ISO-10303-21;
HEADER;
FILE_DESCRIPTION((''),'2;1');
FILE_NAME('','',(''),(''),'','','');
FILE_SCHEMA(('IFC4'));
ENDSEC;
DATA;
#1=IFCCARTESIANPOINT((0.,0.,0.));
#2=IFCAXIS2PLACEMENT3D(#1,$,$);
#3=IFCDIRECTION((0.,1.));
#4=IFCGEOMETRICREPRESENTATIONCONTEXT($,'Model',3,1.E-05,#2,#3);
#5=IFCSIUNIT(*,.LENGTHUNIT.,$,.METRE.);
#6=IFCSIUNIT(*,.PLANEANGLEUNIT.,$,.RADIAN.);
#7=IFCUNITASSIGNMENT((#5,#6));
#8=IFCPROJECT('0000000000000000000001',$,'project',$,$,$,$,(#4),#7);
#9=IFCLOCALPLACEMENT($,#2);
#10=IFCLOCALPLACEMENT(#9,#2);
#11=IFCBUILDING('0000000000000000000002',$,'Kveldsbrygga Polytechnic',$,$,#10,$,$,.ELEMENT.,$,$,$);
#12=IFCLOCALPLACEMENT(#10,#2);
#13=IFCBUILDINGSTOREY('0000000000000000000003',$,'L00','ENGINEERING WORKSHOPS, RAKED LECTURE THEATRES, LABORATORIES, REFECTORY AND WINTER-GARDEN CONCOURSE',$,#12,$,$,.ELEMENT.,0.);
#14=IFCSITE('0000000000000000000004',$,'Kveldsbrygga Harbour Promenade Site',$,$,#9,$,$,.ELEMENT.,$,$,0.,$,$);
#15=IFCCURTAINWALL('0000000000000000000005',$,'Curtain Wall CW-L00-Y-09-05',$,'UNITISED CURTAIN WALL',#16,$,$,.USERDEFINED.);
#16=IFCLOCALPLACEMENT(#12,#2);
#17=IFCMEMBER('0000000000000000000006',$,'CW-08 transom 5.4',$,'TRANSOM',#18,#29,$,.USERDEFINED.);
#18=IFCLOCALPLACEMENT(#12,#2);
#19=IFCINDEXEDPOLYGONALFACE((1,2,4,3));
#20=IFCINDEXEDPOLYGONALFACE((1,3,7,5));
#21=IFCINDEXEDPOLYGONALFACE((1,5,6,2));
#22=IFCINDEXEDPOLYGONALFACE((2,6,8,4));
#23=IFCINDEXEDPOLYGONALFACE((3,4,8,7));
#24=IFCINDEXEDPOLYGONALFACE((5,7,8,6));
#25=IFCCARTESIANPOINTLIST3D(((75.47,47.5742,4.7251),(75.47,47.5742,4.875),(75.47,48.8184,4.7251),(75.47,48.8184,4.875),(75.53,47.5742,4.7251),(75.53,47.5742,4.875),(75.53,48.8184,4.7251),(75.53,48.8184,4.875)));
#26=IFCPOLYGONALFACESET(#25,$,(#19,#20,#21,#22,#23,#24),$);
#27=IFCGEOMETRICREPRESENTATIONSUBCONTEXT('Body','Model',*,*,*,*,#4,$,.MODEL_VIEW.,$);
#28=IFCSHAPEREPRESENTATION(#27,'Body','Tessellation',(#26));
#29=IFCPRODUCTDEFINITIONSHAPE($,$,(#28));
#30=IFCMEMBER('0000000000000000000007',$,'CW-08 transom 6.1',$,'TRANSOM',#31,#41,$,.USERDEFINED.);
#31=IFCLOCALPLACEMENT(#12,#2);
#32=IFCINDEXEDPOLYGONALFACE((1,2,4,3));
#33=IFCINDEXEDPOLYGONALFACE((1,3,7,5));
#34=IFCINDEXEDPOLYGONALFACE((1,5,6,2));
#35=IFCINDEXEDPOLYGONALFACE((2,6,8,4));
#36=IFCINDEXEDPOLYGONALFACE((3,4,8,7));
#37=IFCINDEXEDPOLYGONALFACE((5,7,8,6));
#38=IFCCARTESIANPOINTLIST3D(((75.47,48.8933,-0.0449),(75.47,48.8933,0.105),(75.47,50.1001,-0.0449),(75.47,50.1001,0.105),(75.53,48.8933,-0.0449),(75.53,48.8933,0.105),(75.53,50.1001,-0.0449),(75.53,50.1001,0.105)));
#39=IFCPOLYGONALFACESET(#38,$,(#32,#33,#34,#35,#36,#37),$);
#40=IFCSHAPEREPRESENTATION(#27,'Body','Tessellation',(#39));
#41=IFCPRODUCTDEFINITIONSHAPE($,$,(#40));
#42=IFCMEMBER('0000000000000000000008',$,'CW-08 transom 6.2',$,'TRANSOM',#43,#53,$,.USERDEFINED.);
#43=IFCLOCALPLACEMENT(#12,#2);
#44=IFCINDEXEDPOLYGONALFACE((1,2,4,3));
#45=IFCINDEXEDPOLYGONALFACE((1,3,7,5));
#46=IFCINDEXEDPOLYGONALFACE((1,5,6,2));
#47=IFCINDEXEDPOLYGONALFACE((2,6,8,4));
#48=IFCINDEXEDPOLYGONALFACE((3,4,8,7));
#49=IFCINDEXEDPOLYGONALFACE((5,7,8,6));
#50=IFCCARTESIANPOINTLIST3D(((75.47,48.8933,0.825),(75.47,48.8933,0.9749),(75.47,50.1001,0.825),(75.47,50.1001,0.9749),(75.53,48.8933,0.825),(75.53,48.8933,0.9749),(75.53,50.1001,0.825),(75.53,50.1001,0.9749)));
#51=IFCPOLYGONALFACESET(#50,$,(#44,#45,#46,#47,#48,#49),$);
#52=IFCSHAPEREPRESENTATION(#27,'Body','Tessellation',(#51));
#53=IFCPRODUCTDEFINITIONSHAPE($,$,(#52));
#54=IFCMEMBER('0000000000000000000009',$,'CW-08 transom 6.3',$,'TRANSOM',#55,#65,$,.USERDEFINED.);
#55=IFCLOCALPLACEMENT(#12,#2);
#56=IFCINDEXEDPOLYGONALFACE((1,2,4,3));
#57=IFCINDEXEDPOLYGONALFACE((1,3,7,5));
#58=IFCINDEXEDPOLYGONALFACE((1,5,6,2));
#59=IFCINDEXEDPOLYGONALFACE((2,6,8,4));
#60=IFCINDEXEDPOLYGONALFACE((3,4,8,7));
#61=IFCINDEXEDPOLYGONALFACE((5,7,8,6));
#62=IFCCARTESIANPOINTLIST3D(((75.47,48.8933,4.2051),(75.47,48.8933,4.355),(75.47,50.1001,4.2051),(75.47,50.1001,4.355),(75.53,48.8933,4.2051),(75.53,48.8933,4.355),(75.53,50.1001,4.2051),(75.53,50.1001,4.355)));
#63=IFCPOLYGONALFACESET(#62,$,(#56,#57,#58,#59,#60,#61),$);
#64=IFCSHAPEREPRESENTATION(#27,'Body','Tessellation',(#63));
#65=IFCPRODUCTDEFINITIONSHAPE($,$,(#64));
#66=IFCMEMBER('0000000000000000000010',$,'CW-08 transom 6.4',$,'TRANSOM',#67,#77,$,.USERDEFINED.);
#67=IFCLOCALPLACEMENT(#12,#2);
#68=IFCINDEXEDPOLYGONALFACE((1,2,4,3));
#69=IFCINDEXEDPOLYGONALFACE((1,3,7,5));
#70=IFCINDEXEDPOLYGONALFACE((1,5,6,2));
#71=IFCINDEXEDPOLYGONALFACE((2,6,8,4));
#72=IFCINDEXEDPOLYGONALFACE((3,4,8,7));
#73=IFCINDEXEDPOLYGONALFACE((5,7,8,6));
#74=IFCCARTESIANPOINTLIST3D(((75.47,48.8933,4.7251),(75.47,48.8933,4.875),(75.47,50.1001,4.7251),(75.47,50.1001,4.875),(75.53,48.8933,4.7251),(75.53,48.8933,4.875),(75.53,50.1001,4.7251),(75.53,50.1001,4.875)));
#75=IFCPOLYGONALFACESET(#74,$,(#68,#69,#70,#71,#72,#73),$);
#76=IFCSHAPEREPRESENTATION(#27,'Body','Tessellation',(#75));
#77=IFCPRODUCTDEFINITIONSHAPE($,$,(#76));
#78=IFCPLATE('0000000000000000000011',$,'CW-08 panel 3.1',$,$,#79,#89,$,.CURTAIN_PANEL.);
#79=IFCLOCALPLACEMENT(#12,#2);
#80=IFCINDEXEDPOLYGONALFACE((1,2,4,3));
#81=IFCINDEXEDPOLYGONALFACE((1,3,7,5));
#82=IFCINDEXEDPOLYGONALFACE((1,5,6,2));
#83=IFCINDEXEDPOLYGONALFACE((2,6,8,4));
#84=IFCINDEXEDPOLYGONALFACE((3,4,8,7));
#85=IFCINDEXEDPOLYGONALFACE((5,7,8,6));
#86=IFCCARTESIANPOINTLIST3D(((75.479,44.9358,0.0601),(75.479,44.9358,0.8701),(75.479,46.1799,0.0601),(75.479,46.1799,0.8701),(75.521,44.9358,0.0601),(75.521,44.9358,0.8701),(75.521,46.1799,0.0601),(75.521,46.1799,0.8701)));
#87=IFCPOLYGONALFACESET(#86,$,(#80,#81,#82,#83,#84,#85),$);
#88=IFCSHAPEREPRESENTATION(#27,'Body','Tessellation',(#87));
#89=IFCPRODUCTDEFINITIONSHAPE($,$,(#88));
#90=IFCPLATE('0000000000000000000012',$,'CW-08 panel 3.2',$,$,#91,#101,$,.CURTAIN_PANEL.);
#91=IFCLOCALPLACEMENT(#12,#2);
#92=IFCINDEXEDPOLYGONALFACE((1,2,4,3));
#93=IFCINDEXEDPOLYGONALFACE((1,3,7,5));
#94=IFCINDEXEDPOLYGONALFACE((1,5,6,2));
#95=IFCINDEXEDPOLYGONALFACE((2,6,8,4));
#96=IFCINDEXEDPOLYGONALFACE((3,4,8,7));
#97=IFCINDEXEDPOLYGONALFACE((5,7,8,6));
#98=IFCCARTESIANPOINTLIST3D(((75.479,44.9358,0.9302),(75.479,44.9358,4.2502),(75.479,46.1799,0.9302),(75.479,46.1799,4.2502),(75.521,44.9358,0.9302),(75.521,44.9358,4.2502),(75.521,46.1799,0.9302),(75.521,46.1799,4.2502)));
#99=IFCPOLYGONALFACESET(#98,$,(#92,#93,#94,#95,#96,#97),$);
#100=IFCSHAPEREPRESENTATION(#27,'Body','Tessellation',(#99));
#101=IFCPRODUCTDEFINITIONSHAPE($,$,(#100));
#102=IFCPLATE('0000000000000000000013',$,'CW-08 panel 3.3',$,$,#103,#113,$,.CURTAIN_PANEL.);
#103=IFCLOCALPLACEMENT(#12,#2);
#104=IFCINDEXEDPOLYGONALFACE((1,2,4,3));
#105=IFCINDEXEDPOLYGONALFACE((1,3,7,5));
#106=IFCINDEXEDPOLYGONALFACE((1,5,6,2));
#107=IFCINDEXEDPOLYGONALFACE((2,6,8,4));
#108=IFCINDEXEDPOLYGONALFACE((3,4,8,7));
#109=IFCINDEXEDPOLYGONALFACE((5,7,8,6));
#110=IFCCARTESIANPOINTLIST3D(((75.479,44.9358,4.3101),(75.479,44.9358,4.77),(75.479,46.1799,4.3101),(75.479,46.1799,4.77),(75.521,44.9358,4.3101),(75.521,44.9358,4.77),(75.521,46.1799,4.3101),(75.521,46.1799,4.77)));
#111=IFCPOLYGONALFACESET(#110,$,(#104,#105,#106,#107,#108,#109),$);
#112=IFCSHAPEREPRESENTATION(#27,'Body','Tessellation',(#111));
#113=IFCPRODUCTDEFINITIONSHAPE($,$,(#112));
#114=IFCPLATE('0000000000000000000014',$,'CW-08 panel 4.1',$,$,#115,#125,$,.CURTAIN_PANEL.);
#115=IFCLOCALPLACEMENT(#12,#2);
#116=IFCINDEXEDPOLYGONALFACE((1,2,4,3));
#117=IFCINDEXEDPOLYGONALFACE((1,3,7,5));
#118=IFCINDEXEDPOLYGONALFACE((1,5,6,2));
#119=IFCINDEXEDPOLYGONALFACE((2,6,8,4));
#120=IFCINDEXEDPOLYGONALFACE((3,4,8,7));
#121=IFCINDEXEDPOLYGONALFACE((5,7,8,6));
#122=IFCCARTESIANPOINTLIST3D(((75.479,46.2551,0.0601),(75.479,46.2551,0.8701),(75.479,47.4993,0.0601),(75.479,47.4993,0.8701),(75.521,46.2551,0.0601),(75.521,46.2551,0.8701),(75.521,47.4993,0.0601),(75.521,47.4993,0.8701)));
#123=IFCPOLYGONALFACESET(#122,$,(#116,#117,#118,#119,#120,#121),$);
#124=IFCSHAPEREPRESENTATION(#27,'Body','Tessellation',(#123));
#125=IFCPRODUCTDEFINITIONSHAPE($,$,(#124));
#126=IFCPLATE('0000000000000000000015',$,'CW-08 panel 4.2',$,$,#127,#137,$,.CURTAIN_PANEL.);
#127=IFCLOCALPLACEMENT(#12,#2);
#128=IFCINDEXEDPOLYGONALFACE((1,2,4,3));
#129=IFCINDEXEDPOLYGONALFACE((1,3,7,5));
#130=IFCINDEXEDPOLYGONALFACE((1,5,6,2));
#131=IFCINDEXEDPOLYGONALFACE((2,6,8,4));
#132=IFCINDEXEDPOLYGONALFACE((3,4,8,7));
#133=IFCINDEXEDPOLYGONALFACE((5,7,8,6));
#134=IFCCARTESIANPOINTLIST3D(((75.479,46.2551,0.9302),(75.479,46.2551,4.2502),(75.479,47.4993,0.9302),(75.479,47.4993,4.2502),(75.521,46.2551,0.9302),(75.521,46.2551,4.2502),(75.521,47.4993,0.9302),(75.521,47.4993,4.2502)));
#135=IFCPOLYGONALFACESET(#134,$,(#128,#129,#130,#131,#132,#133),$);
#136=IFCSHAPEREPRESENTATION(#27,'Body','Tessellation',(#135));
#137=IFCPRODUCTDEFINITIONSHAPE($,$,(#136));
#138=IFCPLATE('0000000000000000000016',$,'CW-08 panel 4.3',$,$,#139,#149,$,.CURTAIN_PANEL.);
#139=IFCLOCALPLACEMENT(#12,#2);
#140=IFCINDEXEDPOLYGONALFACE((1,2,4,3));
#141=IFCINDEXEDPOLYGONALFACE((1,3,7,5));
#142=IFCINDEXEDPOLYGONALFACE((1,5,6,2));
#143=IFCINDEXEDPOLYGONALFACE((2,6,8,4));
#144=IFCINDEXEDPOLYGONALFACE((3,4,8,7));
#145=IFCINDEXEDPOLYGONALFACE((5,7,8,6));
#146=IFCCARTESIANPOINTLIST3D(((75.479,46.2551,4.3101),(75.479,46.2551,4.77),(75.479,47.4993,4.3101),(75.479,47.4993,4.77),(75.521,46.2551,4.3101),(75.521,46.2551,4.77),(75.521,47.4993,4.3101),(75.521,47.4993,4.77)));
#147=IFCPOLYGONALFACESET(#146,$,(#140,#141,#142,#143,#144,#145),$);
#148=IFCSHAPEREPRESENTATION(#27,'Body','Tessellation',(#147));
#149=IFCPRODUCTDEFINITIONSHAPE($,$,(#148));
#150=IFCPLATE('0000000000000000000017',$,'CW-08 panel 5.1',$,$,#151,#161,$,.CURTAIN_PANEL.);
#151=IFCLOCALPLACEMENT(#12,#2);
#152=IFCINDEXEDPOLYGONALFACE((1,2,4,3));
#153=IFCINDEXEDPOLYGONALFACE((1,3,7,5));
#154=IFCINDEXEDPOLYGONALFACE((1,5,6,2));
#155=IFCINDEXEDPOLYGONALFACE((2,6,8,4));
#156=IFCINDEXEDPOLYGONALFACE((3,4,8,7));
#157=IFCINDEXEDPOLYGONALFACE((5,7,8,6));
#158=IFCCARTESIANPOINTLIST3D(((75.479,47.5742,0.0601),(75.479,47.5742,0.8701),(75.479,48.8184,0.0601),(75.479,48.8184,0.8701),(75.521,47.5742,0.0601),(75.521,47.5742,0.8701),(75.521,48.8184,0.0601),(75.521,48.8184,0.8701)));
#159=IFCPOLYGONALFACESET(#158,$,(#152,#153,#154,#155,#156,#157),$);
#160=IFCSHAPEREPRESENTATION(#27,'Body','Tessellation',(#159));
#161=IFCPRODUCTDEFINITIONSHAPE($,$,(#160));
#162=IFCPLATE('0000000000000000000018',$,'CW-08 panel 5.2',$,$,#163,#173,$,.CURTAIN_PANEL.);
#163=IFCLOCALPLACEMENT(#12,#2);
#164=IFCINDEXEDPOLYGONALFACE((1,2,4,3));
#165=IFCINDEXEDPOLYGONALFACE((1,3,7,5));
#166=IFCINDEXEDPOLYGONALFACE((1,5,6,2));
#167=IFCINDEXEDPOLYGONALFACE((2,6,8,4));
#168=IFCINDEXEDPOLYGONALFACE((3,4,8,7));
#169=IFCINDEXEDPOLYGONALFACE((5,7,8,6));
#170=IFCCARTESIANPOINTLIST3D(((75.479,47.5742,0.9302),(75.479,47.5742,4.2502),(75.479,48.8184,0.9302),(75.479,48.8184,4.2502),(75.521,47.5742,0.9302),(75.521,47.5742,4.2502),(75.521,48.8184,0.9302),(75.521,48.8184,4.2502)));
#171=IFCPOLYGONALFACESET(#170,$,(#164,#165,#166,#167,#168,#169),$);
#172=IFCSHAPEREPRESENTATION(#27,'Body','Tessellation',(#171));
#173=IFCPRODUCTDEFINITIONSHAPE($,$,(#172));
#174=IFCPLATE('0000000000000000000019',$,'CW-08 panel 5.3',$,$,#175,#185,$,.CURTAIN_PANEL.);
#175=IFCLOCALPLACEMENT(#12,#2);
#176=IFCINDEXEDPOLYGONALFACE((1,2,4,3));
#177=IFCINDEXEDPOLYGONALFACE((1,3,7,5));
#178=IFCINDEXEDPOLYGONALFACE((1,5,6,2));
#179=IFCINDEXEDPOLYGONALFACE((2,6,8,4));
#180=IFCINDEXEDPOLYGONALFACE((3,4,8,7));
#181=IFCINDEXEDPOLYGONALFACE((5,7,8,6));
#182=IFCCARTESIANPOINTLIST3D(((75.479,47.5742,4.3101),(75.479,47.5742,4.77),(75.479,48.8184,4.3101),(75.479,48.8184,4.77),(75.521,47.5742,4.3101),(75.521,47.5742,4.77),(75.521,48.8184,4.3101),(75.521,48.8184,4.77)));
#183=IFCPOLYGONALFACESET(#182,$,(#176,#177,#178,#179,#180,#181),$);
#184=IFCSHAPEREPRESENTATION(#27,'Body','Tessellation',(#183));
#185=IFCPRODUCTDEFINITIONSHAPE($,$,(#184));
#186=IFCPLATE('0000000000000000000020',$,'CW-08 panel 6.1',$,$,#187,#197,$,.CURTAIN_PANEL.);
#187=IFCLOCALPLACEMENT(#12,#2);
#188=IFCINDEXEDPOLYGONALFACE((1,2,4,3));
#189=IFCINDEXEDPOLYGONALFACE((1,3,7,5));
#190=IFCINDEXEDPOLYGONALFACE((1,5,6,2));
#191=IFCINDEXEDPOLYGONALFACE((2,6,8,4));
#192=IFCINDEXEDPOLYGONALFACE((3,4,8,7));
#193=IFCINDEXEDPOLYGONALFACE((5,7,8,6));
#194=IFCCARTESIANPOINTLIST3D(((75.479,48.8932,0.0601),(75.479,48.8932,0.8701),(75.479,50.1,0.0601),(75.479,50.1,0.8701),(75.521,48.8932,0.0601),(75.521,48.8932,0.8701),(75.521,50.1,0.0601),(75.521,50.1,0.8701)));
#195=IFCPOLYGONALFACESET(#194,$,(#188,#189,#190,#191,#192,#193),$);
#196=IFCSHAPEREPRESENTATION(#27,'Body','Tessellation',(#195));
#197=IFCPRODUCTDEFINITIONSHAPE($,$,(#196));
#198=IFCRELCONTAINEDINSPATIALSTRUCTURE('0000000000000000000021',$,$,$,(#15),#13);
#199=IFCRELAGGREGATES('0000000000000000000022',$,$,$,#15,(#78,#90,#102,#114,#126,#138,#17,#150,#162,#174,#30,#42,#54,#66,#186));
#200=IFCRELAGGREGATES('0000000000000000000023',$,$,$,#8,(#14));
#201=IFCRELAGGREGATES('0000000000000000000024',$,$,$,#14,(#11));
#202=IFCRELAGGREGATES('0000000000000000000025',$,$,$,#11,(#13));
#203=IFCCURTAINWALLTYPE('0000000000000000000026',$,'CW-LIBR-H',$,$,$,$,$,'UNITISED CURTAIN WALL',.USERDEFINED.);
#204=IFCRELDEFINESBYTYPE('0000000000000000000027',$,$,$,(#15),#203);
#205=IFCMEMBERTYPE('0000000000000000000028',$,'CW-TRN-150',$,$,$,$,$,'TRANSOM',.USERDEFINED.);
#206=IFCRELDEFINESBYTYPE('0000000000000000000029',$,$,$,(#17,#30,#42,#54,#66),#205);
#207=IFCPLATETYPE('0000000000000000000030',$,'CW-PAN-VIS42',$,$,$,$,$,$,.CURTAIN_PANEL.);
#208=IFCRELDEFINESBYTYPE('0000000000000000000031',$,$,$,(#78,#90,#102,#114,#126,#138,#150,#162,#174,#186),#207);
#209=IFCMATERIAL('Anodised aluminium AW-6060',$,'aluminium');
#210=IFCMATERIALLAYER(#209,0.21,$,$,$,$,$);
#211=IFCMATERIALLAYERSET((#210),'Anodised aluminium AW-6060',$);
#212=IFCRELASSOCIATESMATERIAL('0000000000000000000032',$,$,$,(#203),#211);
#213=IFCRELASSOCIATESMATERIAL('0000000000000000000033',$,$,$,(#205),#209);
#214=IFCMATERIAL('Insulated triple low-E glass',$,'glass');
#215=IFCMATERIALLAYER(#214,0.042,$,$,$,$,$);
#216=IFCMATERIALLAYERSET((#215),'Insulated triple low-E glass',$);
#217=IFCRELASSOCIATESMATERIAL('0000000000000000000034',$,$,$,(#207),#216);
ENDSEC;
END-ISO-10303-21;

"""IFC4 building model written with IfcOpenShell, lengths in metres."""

from ifc_helpers import new_model, si_unit, direction, frame, origin, origin_2d, place, context, subcontext, project, spatial, rectangle, extrude, material, layer, layer_set, material_profile, profile_set, type_object, element, aggregate, save


model = new_model("IFC4")

# Units and contexts
model_context = context("Model", 3, precision=1e-05, world=origin(), true_north=direction((0.0, 1.0)))
body_context = subcontext(model_context, "Body", "Model", "MODEL_VIEW")
ifc_project = project(units=[si_unit("LENGTHUNIT", "METRE"), si_unit("PLANEANGLEUNIT", "RADIAN")], contexts=[model_context])

# Site, building, storey
site_placement = place(None, origin())
site = spatial("IfcSite", under=ifc_project, at=site_placement, Name="Kveldsbrygga Harbour Promenade Site", CompositionType="ELEMENT", RefElevation=0.0)
building_placement = place(site_placement, origin())
building = spatial("IfcBuilding", under=site, at=building_placement, Name="Kveldsbrygga Polytechnic", CompositionType="ELEMENT")
storey_placement = place(building_placement, origin())
storey = spatial("IfcBuildingStorey", under=building, at=storey_placement, Name="L00", Description="ENGINEERING WORKSHOPS, RAKED LECTURE THEATRES, LABORATORIES, REFECTORY AND WINTER-GARDEN CONCOURSE", CompositionType="ELEMENT", Elevation=0.0)

# Curtain wall, members, plates
ifc_material_1 = material(Name="Anodised aluminium AW-6060", Category="aluminium")
ifc_layer_1 = layer(ifc_material_1, 0.21)
ifc_layer_set_1 = layer_set([ifc_layer_1], Name="Anodised aluminium AW-6060")
curtain_wall_type = type_object("IfcCurtainWallType", Name="CW-LIBR-H", ElementType="UNITISED CURTAIN WALL", PredefinedType="USERDEFINED", material=ifc_layer_set_1)
curtain_wall_placement = place(storey_placement, origin())
curtain_wall = element("IfcCurtainWall", 1, at=curtain_wall_placement, inside=storey, type_object=curtain_wall_type, Name="Curtain Wall CW-L00-Y-09-05", ObjectType="UNITISED CURTAIN WALL", PredefinedType="USERDEFINED")
ifc_material_profile_1 = material_profile(ifc_material_1, rectangle(XDim=0.0601, YDim=0.1499, at=origin_2d()), Name="ALU 60x150")
ifc_profile_set_1 = profile_set([ifc_material_profile_1], Name="Anodised aluminium AW-6060")
member_type_1 = type_object("IfcMemberType", Name="CW-TRN-150", ElementType="TRANSOM", PredefinedType="USERDEFINED", material=ifc_profile_set_1)
member_1_placement = place(storey_placement, frame((75.5, 47.5742, 4.8), z_axis=(0.0, 1.0, 0.0), x_axis=(-1.0, 0.0, 0.0)))
member_1 = element("IfcMember", 2, at=member_1_placement, type_object=member_type_1, Name="CW-08 transom 5.4", ObjectType="TRANSOM", PredefinedType="USERDEFINED", context=body_context, shape_type="SweptSolid", body=[
    extrude(rectangle(XDim=0.0601, YDim=0.1499, at=origin_2d()), origin(), (0.0, 0.0, 1.0), 1.2441),
])
member_2_placement = place(storey_placement, frame((75.5, 48.8933, 0.03), z_axis=(0.0, 1.0, 0.0), x_axis=(-1.0, 0.0, 0.0)))
member_2 = element("IfcMember", 3, at=member_2_placement, type_object=member_type_1, Name="CW-08 transom 6.1", ObjectType="TRANSOM", PredefinedType="USERDEFINED", context=body_context, shape_type="SweptSolid", body=[
    extrude(rectangle(XDim=0.0601, YDim=0.1499, at=origin_2d()), origin(), (0.0, 0.0, 1.0), 1.2068),
])
member_3_placement = place(storey_placement, frame((75.5, 48.8933, 0.8999), z_axis=(0.0, 1.0, 0.0), x_axis=(-1.0, 0.0, 0.0)))
member_3 = element("IfcMember", 4, at=member_3_placement, type_object=member_type_1, Name="CW-08 transom 6.2", ObjectType="TRANSOM", PredefinedType="USERDEFINED", context=body_context, shape_type="SweptSolid", body=[
    extrude(rectangle(XDim=0.0601, YDim=0.1499, at=origin_2d()), origin(), (0.0, 0.0, 1.0), 1.2068),
])
member_4_placement = place(storey_placement, frame((75.5, 48.8933, 4.28), z_axis=(0.0, 1.0, 0.0), x_axis=(-1.0, 0.0, 0.0)))
member_4 = element("IfcMember", 5, at=member_4_placement, type_object=member_type_1, Name="CW-08 transom 6.3", ObjectType="TRANSOM", PredefinedType="USERDEFINED", context=body_context, shape_type="SweptSolid", body=[
    extrude(rectangle(XDim=0.0601, YDim=0.1499, at=origin_2d()), origin(), (0.0, 0.0, 1.0), 1.2068),
])
member_5_placement = place(storey_placement, frame((75.5, 48.8933, 4.8), z_axis=(0.0, 1.0, 0.0), x_axis=(-1.0, 0.0, 0.0)))
member_5 = element("IfcMember", 6, at=member_5_placement, type_object=member_type_1, Name="CW-08 transom 6.4", ObjectType="TRANSOM", PredefinedType="USERDEFINED", context=body_context, shape_type="SweptSolid", body=[
    extrude(rectangle(XDim=0.0601, YDim=0.1499, at=origin_2d()), origin(), (0.0, 0.0, 1.0), 1.2068),
])
ifc_material_2 = material(Name="Insulated triple low-E glass", Category="glass")
ifc_layer_2 = layer(ifc_material_2, 0.042)
ifc_layer_set_2 = layer_set([ifc_layer_2], Name="Insulated triple low-E glass")
plate_type = type_object("IfcPlateType", Name="CW-PAN-VIS42", PredefinedType="CURTAIN_PANEL", material=ifc_layer_set_2)
plate_1_placement = place(storey_placement, frame((75.5, 45.5579, 0.0601), z_axis=(0.0, 0.0, 1.0), x_axis=(0.0, 1.0, 0.0)))
plate_1 = element("IfcPlate", 7, at=plate_1_placement, type_object=plate_type, Name="CW-08 panel 3.1", PredefinedType="CURTAIN_PANEL", context=body_context, shape_type="SweptSolid", body=[
    extrude(rectangle(XDim=1.2441, YDim=0.042, at=origin_2d()), origin(), (0.0, 0.0, 1.0), 0.8101),
])
plate_2_placement = place(storey_placement, frame((75.5, 45.5579, 0.9302), z_axis=(0.0, 0.0, 1.0), x_axis=(0.0, 1.0, 0.0)))
plate_2 = element("IfcPlate", 8, at=plate_2_placement, type_object=plate_type, Name="CW-08 panel 3.2", PredefinedType="CURTAIN_PANEL", context=body_context, shape_type="SweptSolid", body=[
    extrude(rectangle(XDim=1.2441, YDim=0.042, at=origin_2d()), origin(), (0.0, 0.0, 1.0), 3.3201),
])
plate_3_placement = place(storey_placement, frame((75.5, 45.5579, 4.3101), z_axis=(0.0, 0.0, 1.0), x_axis=(0.0, 1.0, 0.0)))
plate_3 = element("IfcPlate", 9, at=plate_3_placement, type_object=plate_type, Name="CW-08 panel 3.3", PredefinedType="CURTAIN_PANEL", context=body_context, shape_type="SweptSolid", body=[
    extrude(rectangle(XDim=1.2441, YDim=0.042, at=origin_2d()), origin(), (0.0, 0.0, 1.0), 0.46),
])
plate_4_placement = place(storey_placement, frame((75.5, 46.8772, 0.0601), z_axis=(0.0, 0.0, 1.0), x_axis=(0.0, 1.0, 0.0)))
plate_4 = element("IfcPlate", 10, at=plate_4_placement, type_object=plate_type, Name="CW-08 panel 4.1", PredefinedType="CURTAIN_PANEL", context=body_context, shape_type="SweptSolid", body=[
    extrude(rectangle(XDim=1.2441, YDim=0.042, at=origin_2d()), origin(), (0.0, 0.0, 1.0), 0.8101),
])
plate_5_placement = place(storey_placement, frame((75.5, 46.8772, 0.9302), z_axis=(0.0, 0.0, 1.0), x_axis=(0.0, 1.0, 0.0)))
plate_5 = element("IfcPlate", 11, at=plate_5_placement, type_object=plate_type, Name="CW-08 panel 4.2", PredefinedType="CURTAIN_PANEL", context=body_context, shape_type="SweptSolid", body=[
    extrude(rectangle(XDim=1.2441, YDim=0.042, at=origin_2d()), origin(), (0.0, 0.0, 1.0), 3.3201),
])
plate_6_placement = place(storey_placement, frame((75.5, 46.8772, 4.3101), z_axis=(0.0, 0.0, 1.0), x_axis=(0.0, 1.0, 0.0)))
plate_6 = element("IfcPlate", 12, at=plate_6_placement, type_object=plate_type, Name="CW-08 panel 4.3", PredefinedType="CURTAIN_PANEL", context=body_context, shape_type="SweptSolid", body=[
    extrude(rectangle(XDim=1.2441, YDim=0.042, at=origin_2d()), origin(), (0.0, 0.0, 1.0), 0.46),
])
plate_7_placement = place(storey_placement, frame((75.5, 48.1963, 0.0601), z_axis=(0.0, 0.0, 1.0), x_axis=(0.0, 1.0, 0.0)))
plate_7 = element("IfcPlate", 13, at=plate_7_placement, type_object=plate_type, Name="CW-08 panel 5.1", PredefinedType="CURTAIN_PANEL", context=body_context, shape_type="SweptSolid", body=[
    extrude(rectangle(XDim=1.2441, YDim=0.042, at=origin_2d()), origin(), (0.0, 0.0, 1.0), 0.8101),
])
plate_8_placement = place(storey_placement, frame((75.5, 48.1963, 0.9302), z_axis=(0.0, 0.0, 1.0), x_axis=(0.0, 1.0, 0.0)))
plate_8 = element("IfcPlate", 14, at=plate_8_placement, type_object=plate_type, Name="CW-08 panel 5.2", PredefinedType="CURTAIN_PANEL", context=body_context, shape_type="SweptSolid", body=[
    extrude(rectangle(XDim=1.2441, YDim=0.042, at=origin_2d()), origin(), (0.0, 0.0, 1.0), 3.3201),
])
plate_9_placement = place(storey_placement, frame((75.5, 48.1963, 4.3101), z_axis=(0.0, 0.0, 1.0), x_axis=(0.0, 1.0, 0.0)))
plate_9 = element("IfcPlate", 15, at=plate_9_placement, type_object=plate_type, Name="CW-08 panel 5.3", PredefinedType="CURTAIN_PANEL", context=body_context, shape_type="SweptSolid", body=[
    extrude(rectangle(XDim=1.2441, YDim=0.042, at=origin_2d()), origin(), (0.0, 0.0, 1.0), 0.46),
])
plate_10_placement = place(storey_placement, frame((75.5, 49.4966, 0.0601), z_axis=(0.0, 0.0, 1.0), x_axis=(0.0, 1.0, 0.0)))
plate_10 = element("IfcPlate", 16, at=plate_10_placement, type_object=plate_type, Name="CW-08 panel 6.1", PredefinedType="CURTAIN_PANEL", context=body_context, shape_type="SweptSolid", body=[
    extrude(rectangle(XDim=1.2068, YDim=0.042, at=origin_2d()), origin(), (0.0, 0.0, 1.0), 0.8101),
])
aggregate(curtain_wall, [plate_1, plate_2, plate_3, plate_4, plate_5, plate_6, member_1, plate_7, plate_8, plate_9, member_2, member_3, member_4, member_5, plate_10])

save(model, "model.ifc")
